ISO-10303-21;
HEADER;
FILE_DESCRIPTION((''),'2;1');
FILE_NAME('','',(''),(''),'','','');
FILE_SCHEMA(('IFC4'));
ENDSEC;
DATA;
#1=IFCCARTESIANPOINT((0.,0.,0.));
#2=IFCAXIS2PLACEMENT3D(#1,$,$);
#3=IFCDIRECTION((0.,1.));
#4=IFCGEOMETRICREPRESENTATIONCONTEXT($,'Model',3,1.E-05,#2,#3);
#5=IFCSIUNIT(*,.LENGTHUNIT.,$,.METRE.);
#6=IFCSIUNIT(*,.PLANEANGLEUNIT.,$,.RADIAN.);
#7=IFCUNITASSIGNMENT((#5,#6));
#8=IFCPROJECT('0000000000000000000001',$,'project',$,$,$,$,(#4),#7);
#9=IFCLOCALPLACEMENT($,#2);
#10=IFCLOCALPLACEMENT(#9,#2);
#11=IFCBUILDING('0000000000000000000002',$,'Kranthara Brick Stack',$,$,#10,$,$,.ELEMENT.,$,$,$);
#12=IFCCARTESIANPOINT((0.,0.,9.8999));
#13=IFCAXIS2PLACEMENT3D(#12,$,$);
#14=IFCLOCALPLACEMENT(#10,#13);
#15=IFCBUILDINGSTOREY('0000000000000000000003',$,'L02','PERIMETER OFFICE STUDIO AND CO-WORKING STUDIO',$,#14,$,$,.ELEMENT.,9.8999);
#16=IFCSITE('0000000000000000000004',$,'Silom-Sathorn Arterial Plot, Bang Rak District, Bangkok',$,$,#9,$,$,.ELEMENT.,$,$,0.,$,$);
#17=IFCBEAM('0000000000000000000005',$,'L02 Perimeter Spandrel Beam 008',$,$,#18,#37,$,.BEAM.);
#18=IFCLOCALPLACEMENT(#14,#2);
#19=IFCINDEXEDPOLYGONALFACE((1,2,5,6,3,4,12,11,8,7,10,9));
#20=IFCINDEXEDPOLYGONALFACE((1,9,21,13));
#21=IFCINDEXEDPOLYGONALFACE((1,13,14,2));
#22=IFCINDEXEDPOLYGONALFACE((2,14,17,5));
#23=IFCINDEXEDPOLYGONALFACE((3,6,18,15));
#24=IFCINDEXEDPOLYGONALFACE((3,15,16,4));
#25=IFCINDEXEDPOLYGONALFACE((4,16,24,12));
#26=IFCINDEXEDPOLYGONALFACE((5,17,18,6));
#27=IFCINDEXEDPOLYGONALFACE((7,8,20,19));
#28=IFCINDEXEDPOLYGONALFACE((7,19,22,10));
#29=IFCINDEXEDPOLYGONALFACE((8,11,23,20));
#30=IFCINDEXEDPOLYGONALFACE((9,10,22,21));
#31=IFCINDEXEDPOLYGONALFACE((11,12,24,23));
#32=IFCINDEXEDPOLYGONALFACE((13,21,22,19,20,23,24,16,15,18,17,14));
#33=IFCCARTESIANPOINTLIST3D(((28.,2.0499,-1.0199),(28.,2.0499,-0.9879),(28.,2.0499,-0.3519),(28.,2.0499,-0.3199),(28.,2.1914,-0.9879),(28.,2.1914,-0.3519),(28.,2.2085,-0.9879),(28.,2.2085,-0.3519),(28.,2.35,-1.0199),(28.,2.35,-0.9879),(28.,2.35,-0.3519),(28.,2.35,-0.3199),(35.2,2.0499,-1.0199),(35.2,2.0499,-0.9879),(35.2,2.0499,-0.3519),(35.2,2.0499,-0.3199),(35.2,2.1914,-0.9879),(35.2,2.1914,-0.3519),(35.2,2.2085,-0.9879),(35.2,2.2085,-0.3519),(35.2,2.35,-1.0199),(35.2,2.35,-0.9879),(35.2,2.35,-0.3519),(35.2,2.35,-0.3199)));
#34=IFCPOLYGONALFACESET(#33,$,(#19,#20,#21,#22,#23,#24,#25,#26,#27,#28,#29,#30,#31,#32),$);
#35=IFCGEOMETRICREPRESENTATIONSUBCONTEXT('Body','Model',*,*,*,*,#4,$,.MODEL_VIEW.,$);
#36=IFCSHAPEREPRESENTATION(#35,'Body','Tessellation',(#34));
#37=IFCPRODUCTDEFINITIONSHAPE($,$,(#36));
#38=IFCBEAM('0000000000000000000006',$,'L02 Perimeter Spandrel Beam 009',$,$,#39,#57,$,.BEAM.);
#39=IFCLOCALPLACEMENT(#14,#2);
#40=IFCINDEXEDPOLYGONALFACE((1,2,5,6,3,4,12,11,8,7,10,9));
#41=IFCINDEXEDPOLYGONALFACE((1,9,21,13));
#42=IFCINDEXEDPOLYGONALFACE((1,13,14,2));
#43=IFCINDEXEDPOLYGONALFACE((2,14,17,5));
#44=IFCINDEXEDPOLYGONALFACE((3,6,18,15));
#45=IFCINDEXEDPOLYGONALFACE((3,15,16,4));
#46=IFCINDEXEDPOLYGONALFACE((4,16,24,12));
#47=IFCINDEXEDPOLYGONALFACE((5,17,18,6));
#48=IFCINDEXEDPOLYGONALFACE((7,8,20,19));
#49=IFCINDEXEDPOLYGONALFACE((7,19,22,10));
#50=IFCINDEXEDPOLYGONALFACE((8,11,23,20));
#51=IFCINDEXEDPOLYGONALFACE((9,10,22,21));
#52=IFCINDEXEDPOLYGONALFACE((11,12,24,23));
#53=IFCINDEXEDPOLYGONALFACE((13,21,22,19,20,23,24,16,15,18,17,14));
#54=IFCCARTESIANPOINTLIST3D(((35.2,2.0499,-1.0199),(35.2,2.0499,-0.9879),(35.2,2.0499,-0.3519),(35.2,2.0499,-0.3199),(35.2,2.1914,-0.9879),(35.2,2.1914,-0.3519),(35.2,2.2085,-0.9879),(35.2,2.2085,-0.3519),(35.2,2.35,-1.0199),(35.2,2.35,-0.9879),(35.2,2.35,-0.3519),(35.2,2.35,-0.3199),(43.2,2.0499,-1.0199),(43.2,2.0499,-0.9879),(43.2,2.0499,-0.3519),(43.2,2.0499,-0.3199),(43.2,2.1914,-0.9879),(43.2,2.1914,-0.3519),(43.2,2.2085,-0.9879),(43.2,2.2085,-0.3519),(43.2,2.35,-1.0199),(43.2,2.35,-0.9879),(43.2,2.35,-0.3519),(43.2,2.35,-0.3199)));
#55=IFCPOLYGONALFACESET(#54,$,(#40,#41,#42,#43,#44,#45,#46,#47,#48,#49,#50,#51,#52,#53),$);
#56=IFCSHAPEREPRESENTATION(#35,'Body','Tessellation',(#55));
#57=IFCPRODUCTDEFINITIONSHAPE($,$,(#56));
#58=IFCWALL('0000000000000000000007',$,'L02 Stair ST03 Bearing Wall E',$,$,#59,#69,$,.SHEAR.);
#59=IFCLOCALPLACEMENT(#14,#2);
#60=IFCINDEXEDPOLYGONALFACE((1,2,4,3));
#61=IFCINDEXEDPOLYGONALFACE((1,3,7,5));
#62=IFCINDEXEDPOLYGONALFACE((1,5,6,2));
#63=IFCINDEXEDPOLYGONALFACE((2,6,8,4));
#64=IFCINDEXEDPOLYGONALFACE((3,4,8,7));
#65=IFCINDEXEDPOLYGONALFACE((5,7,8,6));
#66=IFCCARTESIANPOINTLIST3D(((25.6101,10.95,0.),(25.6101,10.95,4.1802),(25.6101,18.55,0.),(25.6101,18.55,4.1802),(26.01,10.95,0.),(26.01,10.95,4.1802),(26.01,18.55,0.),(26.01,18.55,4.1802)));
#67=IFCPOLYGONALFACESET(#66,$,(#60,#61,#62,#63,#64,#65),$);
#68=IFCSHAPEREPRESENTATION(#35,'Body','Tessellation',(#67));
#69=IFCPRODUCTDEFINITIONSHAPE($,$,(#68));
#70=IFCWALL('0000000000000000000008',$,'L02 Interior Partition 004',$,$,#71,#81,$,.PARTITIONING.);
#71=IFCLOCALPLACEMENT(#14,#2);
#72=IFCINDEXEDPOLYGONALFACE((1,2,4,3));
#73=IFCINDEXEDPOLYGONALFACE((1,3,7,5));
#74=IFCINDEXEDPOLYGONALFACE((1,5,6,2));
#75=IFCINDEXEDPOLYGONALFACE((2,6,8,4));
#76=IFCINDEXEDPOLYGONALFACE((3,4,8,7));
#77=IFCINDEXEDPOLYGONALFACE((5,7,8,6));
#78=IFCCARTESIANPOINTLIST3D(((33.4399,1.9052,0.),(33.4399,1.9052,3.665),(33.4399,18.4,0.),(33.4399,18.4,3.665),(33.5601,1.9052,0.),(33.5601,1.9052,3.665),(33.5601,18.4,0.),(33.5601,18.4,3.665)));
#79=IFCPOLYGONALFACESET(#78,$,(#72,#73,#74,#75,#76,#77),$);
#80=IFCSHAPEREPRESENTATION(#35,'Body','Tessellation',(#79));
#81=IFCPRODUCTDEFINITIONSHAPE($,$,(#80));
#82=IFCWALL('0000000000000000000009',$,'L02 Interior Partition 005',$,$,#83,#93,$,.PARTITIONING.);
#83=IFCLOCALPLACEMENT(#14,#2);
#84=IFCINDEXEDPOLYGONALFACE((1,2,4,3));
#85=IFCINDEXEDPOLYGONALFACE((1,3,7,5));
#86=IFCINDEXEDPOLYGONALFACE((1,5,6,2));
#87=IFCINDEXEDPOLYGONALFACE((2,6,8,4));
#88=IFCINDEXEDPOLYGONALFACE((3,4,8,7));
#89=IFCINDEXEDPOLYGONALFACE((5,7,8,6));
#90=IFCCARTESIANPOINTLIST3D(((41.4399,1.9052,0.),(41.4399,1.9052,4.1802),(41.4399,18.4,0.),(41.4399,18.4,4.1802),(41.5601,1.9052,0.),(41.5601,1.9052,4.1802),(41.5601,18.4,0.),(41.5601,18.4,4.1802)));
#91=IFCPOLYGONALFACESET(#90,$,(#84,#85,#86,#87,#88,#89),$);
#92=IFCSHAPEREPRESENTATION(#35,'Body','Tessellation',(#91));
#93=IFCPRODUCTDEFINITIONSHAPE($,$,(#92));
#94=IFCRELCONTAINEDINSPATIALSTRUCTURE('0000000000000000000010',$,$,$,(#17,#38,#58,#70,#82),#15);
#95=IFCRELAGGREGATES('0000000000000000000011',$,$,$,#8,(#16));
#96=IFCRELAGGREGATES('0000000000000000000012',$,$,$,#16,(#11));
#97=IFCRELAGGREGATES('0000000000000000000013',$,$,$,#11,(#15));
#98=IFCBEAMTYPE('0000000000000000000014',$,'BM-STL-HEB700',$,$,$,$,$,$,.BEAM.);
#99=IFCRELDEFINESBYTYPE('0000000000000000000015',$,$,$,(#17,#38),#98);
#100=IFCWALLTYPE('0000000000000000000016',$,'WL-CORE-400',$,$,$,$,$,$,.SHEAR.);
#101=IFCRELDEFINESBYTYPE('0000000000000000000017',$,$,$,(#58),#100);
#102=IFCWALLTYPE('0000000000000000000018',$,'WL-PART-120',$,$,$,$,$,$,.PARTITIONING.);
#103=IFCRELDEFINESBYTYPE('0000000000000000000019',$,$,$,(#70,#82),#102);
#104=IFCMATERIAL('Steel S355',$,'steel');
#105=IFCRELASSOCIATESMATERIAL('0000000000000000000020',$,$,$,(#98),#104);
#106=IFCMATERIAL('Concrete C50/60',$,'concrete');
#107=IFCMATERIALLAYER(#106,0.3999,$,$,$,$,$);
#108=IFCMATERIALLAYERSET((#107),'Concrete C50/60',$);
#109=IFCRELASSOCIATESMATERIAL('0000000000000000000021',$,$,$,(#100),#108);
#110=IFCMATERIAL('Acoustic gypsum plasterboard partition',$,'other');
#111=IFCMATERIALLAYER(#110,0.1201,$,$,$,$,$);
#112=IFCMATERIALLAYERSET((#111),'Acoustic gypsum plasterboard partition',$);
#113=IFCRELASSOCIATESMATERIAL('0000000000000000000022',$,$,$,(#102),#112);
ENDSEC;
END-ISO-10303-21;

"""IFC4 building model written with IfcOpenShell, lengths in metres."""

from ifc_helpers import new_model, si_unit, direction, frame, frame_2d, origin, origin_2d, place, context, subcontext, project, spatial, rectangle, i_section, extrude, material, layer, layer_set, material_profile, profile_set, type_object, element, save


model = new_model("IFC4")

# Units and contexts
model_context = context("Model", 3, precision=1e-05, world=origin(), true_north=direction((0.0, 1.0)))
body_context = subcontext(model_context, "Body", "Model", "MODEL_VIEW")
ifc_project = project(units=[si_unit("LENGTHUNIT", "METRE"), si_unit("PLANEANGLEUNIT", "RADIAN")], contexts=[model_context])

# Site, building, storey
site_placement = place(None, origin())
site = spatial("IfcSite", under=ifc_project, at=site_placement, Name="Silom-Sathorn Arterial Plot, Bang Rak District, Bangkok", CompositionType="ELEMENT", RefElevation=0.0)
building_placement = place(site_placement, origin())
building = spatial("IfcBuilding", under=site, at=building_placement, Name="Kranthara Brick Stack", CompositionType="ELEMENT")
storey_placement = place(building_placement, frame((0.0, 0.0, 9.8999)))
storey = spatial("IfcBuildingStorey", under=building, at=storey_placement, Name="L02", Description="PERIMETER OFFICE STUDIO AND CO-WORKING STUDIO", CompositionType="ELEMENT", Elevation=9.8999)

# Beams
ifc_material_1 = material(Name="Steel S355", Category="steel")
ifc_material_profile_1 = material_profile(ifc_material_1, i_section(OverallWidth=0.3, OverallDepth=0.7, WebThickness=0.0171, FlangeThickness=0.032, at=origin_2d()), Name="HEB 700")
ifc_profile_set_1 = profile_set([ifc_material_profile_1], Name="Steel S355")
beam_type_1 = type_object("IfcBeamType", Name="BM-STL-HEB700", PredefinedType="BEAM", material=ifc_profile_set_1)
beam_1_placement = place(storey_placement, frame((28.0, 2.2, -0.6699), z_axis=(1.0, 0.0, 0.0), x_axis=(0.0, 1.0, 0.0)))
element("IfcBeam", 1, at=beam_1_placement, inside=storey, type_object=beam_type_1, Name="L02 Perimeter Spandrel Beam 008", PredefinedType="BEAM", context=body_context, shape_type="SweptSolid", body=[
    extrude(i_section(OverallWidth=0.3, OverallDepth=0.7, WebThickness=0.0171, FlangeThickness=0.032, at=origin_2d()), origin(), (0.0, 0.0, 1.0), 7.2),
])
beam_2_placement = place(storey_placement, frame((35.2, 2.2, -0.6699), z_axis=(1.0, 0.0, 0.0), x_axis=(0.0, 1.0, 0.0)))
element("IfcBeam", 2, at=beam_2_placement, inside=storey, type_object=beam_type_1, Name="L02 Perimeter Spandrel Beam 009", PredefinedType="BEAM", context=body_context, shape_type="SweptSolid", body=[
    extrude(i_section(OverallWidth=0.3, OverallDepth=0.7, WebThickness=0.0171, FlangeThickness=0.032, at=origin_2d()), origin(), (0.0, 0.0, 1.0), 8.0),
])

# Walls
ifc_material_2 = material(Name="Concrete C50/60", Category="concrete")
ifc_layer_1 = layer(ifc_material_2, 0.3999)
ifc_layer_set_1 = layer_set([ifc_layer_1], Name="Concrete C50/60")
wall_type_1 = type_object("IfcWallType", Name="WL-CORE-400", PredefinedType="SHEAR", material=ifc_layer_set_1)
wall_1_placement = place(storey_placement, frame((25.8101, 10.95, 0.0), z_axis=(0.0, 0.0, 1.0), x_axis=(0.0, 1.0, 0.0)))
element("IfcWall", 3, at=wall_1_placement, inside=storey, type_object=wall_type_1, Name="L02 Stair ST03 Bearing Wall E", PredefinedType="SHEAR", context=body_context, shape_type="SweptSolid", body=[
    extrude(rectangle(XDim=7.6001, YDim=0.3999, at=frame_2d((3.8, 0.0))), origin(), (0.0, 0.0, 1.0), 4.1802),
])
ifc_material_3 = material(Name="Acoustic gypsum plasterboard partition", Category="other")
ifc_layer_2 = layer(ifc_material_3, 0.1201)
ifc_layer_set_2 = layer_set([ifc_layer_2], Name="Acoustic gypsum plasterboard partition")
wall_type_2 = type_object("IfcWallType", Name="WL-PART-120", PredefinedType="PARTITIONING", material=ifc_layer_set_2)
wall_2_placement = place(storey_placement, frame((33.5, 1.905, 0.0), z_axis=(0.0, 0.0, 1.0), x_axis=(0.0, 1.0, 0.0)))
element("IfcWall", 4, at=wall_2_placement, inside=storey, type_object=wall_type_2, Name="L02 Interior Partition 004", PredefinedType="PARTITIONING", context=body_context, shape_type="SweptSolid", body=[
    extrude(rectangle(XDim=16.4949, YDim=0.1201, at=frame_2d((8.2476, 0.0))), origin(), (0.0, 0.0, 1.0), 3.665),
])
wall_3_placement = place(storey_placement, frame((41.5, 1.905, 0.0), z_axis=(0.0, 0.0, 1.0), x_axis=(0.0, 1.0, 0.0)))
element("IfcWall", 5, at=wall_3_placement, inside=storey, type_object=wall_type_2, Name="L02 Interior Partition 005", PredefinedType="PARTITIONING", context=body_context, shape_type="SweptSolid", body=[
    extrude(rectangle(XDim=16.4949, YDim=0.1201, at=frame_2d((8.2476, 0.0))), origin(), (0.0, 0.0, 1.0), 4.1802),
])

save(model, "model.ifc")
